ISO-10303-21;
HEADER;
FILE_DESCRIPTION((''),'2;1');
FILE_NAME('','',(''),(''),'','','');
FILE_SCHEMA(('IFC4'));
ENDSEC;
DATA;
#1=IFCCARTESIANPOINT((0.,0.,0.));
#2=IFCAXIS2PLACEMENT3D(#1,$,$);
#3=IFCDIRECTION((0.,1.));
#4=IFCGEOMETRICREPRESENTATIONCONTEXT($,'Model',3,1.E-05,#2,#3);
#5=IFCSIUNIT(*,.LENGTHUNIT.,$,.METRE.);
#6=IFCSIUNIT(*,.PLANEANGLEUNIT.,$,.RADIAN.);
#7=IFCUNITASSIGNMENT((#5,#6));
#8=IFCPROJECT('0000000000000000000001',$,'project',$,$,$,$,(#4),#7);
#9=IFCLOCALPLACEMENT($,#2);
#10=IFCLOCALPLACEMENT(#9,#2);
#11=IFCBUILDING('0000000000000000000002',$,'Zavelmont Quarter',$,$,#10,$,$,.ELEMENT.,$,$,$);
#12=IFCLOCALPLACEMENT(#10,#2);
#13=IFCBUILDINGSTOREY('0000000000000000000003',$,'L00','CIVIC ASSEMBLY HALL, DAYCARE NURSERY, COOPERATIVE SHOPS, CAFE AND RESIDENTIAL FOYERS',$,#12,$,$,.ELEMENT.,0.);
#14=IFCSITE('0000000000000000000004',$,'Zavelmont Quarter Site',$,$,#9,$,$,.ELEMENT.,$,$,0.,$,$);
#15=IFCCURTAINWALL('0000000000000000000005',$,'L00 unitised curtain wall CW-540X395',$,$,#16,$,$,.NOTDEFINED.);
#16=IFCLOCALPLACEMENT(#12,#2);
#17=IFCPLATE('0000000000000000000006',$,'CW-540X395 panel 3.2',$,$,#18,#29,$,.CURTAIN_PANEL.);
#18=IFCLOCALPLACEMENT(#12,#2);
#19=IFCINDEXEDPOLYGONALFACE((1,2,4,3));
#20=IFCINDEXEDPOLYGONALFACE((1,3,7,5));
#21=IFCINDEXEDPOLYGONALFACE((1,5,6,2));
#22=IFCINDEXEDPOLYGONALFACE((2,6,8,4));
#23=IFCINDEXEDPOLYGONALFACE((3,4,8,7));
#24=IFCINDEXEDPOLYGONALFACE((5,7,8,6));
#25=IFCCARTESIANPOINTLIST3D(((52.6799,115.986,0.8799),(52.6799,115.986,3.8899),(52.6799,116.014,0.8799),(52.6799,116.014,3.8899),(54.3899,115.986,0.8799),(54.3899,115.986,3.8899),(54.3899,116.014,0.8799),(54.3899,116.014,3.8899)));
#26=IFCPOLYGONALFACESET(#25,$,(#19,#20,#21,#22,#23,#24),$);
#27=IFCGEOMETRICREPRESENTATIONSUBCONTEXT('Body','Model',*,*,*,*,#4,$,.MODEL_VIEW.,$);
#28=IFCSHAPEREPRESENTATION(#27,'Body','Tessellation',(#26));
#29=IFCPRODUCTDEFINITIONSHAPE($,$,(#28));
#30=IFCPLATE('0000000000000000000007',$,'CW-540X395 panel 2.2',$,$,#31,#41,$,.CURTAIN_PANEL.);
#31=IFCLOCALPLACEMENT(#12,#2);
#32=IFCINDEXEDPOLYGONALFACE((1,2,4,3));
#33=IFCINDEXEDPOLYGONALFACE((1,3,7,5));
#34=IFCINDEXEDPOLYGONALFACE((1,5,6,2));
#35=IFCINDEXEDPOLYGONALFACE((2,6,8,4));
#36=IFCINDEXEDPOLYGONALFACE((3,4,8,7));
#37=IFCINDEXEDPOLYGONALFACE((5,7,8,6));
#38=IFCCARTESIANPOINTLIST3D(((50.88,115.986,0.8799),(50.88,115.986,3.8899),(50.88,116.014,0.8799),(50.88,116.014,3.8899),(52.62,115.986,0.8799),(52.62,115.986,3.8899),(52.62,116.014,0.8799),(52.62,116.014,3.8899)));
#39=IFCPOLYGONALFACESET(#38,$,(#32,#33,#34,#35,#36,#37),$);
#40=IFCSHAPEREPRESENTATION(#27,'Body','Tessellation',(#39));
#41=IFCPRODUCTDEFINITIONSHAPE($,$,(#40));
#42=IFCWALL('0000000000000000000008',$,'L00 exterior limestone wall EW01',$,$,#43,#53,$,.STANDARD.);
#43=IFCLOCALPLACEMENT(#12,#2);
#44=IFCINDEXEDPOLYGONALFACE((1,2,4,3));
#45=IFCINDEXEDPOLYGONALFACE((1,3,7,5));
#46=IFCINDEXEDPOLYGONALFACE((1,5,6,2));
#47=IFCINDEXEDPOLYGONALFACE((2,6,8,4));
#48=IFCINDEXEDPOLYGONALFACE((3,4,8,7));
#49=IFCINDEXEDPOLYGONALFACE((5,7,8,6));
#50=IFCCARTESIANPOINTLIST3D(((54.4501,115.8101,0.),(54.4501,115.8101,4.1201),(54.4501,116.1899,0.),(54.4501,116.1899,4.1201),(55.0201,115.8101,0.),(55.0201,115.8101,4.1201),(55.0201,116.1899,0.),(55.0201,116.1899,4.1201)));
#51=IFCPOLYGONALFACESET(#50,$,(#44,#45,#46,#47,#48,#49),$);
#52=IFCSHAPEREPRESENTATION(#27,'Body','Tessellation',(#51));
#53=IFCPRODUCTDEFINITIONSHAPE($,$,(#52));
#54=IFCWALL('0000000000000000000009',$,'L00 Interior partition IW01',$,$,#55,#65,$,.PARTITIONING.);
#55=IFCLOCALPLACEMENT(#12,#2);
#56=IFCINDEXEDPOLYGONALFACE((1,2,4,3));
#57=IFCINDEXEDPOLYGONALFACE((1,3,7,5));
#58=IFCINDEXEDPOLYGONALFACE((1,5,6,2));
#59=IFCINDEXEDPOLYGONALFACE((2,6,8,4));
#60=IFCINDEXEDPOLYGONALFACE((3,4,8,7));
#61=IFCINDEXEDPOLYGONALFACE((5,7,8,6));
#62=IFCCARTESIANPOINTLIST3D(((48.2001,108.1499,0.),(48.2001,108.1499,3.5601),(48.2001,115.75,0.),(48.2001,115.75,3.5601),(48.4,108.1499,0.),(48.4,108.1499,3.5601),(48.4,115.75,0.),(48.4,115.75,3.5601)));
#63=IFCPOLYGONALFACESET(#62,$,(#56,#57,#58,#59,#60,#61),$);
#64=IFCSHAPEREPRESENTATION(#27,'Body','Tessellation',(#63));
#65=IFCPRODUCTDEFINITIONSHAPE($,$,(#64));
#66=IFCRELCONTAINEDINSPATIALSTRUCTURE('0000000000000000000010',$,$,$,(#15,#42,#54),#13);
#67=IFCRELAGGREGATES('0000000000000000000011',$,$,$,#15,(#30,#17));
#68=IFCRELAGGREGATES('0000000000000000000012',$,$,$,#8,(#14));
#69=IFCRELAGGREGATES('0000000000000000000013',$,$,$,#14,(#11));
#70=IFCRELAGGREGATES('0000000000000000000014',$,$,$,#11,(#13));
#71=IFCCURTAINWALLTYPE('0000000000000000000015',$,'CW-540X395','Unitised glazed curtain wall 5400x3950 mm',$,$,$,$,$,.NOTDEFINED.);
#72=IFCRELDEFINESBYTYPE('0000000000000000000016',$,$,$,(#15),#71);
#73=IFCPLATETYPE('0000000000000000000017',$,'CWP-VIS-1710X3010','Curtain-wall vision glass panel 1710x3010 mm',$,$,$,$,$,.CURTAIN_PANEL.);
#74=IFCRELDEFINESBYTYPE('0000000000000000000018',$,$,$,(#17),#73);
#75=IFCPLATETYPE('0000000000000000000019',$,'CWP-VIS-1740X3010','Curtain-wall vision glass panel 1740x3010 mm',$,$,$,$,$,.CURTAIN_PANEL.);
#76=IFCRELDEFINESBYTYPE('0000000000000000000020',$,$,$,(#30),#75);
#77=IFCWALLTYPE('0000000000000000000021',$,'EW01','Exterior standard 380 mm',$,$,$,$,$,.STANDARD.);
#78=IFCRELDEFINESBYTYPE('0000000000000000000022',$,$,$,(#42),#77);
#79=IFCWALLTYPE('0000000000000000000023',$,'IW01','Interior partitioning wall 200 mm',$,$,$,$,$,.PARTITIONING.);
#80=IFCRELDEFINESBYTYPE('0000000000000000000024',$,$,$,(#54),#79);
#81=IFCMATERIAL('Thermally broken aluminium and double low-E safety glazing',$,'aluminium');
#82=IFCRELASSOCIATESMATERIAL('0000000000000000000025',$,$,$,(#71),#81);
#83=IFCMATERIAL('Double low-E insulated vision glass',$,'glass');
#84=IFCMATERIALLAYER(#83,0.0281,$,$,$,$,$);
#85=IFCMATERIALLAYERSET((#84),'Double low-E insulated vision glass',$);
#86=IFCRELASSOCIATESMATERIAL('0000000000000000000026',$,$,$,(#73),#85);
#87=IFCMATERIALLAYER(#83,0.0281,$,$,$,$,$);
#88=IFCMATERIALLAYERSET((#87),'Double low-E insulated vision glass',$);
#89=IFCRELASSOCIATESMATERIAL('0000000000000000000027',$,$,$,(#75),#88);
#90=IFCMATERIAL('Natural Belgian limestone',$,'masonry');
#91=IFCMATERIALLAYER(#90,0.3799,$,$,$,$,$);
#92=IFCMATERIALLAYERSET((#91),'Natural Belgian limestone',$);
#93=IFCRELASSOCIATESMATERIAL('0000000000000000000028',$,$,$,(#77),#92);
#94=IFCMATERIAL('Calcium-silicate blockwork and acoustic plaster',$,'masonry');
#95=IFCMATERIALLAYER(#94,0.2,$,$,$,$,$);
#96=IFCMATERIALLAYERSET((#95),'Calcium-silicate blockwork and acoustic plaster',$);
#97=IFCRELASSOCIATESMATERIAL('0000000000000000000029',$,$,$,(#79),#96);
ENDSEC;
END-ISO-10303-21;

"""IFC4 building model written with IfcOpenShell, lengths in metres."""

from ifc_helpers import new_model, si_unit, direction, frame, frame_2d, origin, origin_2d, place, context, subcontext, project, spatial, rectangle, extrude, material, layer, layer_set, type_object, element, aggregate, save


model = new_model("IFC4")

# Units and contexts
model_context = context("Model", 3, precision=1e-05, world=origin(), true_north=direction((0.0, 1.0)))
body_context = subcontext(model_context, "Body", "Model", "MODEL_VIEW")
ifc_project = project(units=[si_unit("LENGTHUNIT", "METRE"), si_unit("PLANEANGLEUNIT", "RADIAN")], contexts=[model_context])

# Site, building, storey
site_placement = place(None, origin())
site = spatial("IfcSite", under=ifc_project, at=site_placement, Name="Zavelmont Quarter Site", CompositionType="ELEMENT", RefElevation=0.0)
building_placement = place(site_placement, origin())
building = spatial("IfcBuilding", under=site, at=building_placement, Name="Zavelmont Quarter", CompositionType="ELEMENT")
storey_placement = place(building_placement, origin())
storey = spatial("IfcBuildingStorey", under=building, at=storey_placement, Name="L00", Description="CIVIC ASSEMBLY HALL, DAYCARE NURSERY, COOPERATIVE SHOPS, CAFE AND RESIDENTIAL FOYERS", CompositionType="ELEMENT", Elevation=0.0)

# Curtain wall
ifc_material_1 = material(Name="Thermally broken aluminium and double low-E safety glazing", Category="aluminium")
curtain_wall_type = type_object("IfcCurtainWallType", Name="CW-540X395", Description="Unitised glazed curtain wall 5400x3950 mm", PredefinedType="NOTDEFINED", material=ifc_material_1)
curtain_wall_placement = place(storey_placement, origin())
curtain_wall = element("IfcCurtainWall", 1, at=curtain_wall_placement, inside=storey, type_object=curtain_wall_type, Name="L00 unitised curtain wall CW-540X395", PredefinedType="NOTDEFINED")

# Plates
ifc_material_2 = material(Name="Double low-E insulated vision glass", Category="glass")
ifc_layer_1 = layer(ifc_material_2, 0.0281)
ifc_layer_set_1 = layer_set([ifc_layer_1], Name="Double low-E insulated vision glass")
plate_type_1 = type_object("IfcPlateType", Name="CWP-VIS-1710X3010", Description="Curtain-wall vision glass panel 1710x3010 mm", PredefinedType="CURTAIN_PANEL", material=ifc_layer_set_1)
plate_1_placement = place(storey_placement, frame((53.5349, 116.0, 0.8799), z_axis=(0.0, 0.0, 1.0), x_axis=(1.0, 0.0, 0.0)))
plate_1 = element("IfcPlate", 2, at=plate_1_placement, type_object=plate_type_1, Name="CW-540X395 panel 3.2", PredefinedType="CURTAIN_PANEL", context=body_context, shape_type="SweptSolid", body=[
    extrude(rectangle(XDim=1.71, YDim=0.0281, at=origin_2d()), origin(), (0.0, 0.0, 1.0), 3.01),
])
ifc_layer_2 = layer(ifc_material_2, 0.0281)
ifc_layer_set_2 = layer_set([ifc_layer_2], Name="Double low-E insulated vision glass")
plate_type_2 = type_object("IfcPlateType", Name="CWP-VIS-1740X3010", Description="Curtain-wall vision glass panel 1740x3010 mm", PredefinedType="CURTAIN_PANEL", material=ifc_layer_set_2)
plate_2_placement = place(storey_placement, frame((51.75, 116.0, 0.8799), z_axis=(0.0, 0.0, 1.0), x_axis=(1.0, 0.0, 0.0)))
plate_2 = element("IfcPlate", 3, at=plate_2_placement, type_object=plate_type_2, Name="CW-540X395 panel 2.2", PredefinedType="CURTAIN_PANEL", context=body_context, shape_type="SweptSolid", body=[
    extrude(rectangle(XDim=1.74, YDim=0.0281, at=origin_2d()), origin(), (0.0, 0.0, 1.0), 3.01),
])
aggregate(curtain_wall, [plate_2, plate_1])

# Wall
ifc_material_3 = material(Name="Natural Belgian limestone", Category="masonry")
ifc_layer_3 = layer(ifc_material_3, 0.3799)
ifc_layer_set_3 = layer_set([ifc_layer_3], Name="Natural Belgian limestone")
wall_type_1 = type_object("IfcWallType", Name="EW01", Description="Exterior standard 380 mm", PredefinedType="STANDARD", material=ifc_layer_set_3)
wall_1_placement = place(storey_placement, frame((54.45, 116.0, 0.0), z_axis=(0.0, 0.0, 1.0), x_axis=(1.0, 0.0, 0.0)))
element("IfcWall", 4, at=wall_1_placement, inside=storey, type_object=wall_type_1, Name="L00 exterior limestone wall EW01", PredefinedType="STANDARD", context=body_context, shape_type="SweptSolid", body=[
    extrude(rectangle(XDim=0.5701, YDim=0.3799, at=frame_2d((0.2852, 0.0))), origin(), (0.0, 0.0, 1.0), 4.1201),
])

# Wall
ifc_material_4 = material(Name="Calcium-silicate blockwork and acoustic plaster", Category="masonry")
ifc_layer_4 = layer(ifc_material_4, 0.2)
ifc_layer_set_4 = layer_set([ifc_layer_4], Name="Calcium-silicate blockwork and acoustic plaster")
wall_type_2 = type_object("IfcWallType", Name="IW01", Description="Interior partitioning wall 200 mm", PredefinedType="PARTITIONING", material=ifc_layer_set_4)
wall_2_placement = place(storey_placement, frame((48.3, 108.1499, 0.0), z_axis=(0.0, 0.0, 1.0), x_axis=(0.0, 1.0, 0.0)))
element("IfcWall", 5, at=wall_2_placement, inside=storey, type_object=wall_type_2, Name="L00 Interior partition IW01", PredefinedType="PARTITIONING", context=body_context, shape_type="SweptSolid", body=[
    extrude(rectangle(XDim=7.6001, YDim=0.2, at=frame_2d((3.8, 0.0))), origin(), (0.0, 0.0, 1.0), 3.5601),
])

save(model, "model.ifc")
